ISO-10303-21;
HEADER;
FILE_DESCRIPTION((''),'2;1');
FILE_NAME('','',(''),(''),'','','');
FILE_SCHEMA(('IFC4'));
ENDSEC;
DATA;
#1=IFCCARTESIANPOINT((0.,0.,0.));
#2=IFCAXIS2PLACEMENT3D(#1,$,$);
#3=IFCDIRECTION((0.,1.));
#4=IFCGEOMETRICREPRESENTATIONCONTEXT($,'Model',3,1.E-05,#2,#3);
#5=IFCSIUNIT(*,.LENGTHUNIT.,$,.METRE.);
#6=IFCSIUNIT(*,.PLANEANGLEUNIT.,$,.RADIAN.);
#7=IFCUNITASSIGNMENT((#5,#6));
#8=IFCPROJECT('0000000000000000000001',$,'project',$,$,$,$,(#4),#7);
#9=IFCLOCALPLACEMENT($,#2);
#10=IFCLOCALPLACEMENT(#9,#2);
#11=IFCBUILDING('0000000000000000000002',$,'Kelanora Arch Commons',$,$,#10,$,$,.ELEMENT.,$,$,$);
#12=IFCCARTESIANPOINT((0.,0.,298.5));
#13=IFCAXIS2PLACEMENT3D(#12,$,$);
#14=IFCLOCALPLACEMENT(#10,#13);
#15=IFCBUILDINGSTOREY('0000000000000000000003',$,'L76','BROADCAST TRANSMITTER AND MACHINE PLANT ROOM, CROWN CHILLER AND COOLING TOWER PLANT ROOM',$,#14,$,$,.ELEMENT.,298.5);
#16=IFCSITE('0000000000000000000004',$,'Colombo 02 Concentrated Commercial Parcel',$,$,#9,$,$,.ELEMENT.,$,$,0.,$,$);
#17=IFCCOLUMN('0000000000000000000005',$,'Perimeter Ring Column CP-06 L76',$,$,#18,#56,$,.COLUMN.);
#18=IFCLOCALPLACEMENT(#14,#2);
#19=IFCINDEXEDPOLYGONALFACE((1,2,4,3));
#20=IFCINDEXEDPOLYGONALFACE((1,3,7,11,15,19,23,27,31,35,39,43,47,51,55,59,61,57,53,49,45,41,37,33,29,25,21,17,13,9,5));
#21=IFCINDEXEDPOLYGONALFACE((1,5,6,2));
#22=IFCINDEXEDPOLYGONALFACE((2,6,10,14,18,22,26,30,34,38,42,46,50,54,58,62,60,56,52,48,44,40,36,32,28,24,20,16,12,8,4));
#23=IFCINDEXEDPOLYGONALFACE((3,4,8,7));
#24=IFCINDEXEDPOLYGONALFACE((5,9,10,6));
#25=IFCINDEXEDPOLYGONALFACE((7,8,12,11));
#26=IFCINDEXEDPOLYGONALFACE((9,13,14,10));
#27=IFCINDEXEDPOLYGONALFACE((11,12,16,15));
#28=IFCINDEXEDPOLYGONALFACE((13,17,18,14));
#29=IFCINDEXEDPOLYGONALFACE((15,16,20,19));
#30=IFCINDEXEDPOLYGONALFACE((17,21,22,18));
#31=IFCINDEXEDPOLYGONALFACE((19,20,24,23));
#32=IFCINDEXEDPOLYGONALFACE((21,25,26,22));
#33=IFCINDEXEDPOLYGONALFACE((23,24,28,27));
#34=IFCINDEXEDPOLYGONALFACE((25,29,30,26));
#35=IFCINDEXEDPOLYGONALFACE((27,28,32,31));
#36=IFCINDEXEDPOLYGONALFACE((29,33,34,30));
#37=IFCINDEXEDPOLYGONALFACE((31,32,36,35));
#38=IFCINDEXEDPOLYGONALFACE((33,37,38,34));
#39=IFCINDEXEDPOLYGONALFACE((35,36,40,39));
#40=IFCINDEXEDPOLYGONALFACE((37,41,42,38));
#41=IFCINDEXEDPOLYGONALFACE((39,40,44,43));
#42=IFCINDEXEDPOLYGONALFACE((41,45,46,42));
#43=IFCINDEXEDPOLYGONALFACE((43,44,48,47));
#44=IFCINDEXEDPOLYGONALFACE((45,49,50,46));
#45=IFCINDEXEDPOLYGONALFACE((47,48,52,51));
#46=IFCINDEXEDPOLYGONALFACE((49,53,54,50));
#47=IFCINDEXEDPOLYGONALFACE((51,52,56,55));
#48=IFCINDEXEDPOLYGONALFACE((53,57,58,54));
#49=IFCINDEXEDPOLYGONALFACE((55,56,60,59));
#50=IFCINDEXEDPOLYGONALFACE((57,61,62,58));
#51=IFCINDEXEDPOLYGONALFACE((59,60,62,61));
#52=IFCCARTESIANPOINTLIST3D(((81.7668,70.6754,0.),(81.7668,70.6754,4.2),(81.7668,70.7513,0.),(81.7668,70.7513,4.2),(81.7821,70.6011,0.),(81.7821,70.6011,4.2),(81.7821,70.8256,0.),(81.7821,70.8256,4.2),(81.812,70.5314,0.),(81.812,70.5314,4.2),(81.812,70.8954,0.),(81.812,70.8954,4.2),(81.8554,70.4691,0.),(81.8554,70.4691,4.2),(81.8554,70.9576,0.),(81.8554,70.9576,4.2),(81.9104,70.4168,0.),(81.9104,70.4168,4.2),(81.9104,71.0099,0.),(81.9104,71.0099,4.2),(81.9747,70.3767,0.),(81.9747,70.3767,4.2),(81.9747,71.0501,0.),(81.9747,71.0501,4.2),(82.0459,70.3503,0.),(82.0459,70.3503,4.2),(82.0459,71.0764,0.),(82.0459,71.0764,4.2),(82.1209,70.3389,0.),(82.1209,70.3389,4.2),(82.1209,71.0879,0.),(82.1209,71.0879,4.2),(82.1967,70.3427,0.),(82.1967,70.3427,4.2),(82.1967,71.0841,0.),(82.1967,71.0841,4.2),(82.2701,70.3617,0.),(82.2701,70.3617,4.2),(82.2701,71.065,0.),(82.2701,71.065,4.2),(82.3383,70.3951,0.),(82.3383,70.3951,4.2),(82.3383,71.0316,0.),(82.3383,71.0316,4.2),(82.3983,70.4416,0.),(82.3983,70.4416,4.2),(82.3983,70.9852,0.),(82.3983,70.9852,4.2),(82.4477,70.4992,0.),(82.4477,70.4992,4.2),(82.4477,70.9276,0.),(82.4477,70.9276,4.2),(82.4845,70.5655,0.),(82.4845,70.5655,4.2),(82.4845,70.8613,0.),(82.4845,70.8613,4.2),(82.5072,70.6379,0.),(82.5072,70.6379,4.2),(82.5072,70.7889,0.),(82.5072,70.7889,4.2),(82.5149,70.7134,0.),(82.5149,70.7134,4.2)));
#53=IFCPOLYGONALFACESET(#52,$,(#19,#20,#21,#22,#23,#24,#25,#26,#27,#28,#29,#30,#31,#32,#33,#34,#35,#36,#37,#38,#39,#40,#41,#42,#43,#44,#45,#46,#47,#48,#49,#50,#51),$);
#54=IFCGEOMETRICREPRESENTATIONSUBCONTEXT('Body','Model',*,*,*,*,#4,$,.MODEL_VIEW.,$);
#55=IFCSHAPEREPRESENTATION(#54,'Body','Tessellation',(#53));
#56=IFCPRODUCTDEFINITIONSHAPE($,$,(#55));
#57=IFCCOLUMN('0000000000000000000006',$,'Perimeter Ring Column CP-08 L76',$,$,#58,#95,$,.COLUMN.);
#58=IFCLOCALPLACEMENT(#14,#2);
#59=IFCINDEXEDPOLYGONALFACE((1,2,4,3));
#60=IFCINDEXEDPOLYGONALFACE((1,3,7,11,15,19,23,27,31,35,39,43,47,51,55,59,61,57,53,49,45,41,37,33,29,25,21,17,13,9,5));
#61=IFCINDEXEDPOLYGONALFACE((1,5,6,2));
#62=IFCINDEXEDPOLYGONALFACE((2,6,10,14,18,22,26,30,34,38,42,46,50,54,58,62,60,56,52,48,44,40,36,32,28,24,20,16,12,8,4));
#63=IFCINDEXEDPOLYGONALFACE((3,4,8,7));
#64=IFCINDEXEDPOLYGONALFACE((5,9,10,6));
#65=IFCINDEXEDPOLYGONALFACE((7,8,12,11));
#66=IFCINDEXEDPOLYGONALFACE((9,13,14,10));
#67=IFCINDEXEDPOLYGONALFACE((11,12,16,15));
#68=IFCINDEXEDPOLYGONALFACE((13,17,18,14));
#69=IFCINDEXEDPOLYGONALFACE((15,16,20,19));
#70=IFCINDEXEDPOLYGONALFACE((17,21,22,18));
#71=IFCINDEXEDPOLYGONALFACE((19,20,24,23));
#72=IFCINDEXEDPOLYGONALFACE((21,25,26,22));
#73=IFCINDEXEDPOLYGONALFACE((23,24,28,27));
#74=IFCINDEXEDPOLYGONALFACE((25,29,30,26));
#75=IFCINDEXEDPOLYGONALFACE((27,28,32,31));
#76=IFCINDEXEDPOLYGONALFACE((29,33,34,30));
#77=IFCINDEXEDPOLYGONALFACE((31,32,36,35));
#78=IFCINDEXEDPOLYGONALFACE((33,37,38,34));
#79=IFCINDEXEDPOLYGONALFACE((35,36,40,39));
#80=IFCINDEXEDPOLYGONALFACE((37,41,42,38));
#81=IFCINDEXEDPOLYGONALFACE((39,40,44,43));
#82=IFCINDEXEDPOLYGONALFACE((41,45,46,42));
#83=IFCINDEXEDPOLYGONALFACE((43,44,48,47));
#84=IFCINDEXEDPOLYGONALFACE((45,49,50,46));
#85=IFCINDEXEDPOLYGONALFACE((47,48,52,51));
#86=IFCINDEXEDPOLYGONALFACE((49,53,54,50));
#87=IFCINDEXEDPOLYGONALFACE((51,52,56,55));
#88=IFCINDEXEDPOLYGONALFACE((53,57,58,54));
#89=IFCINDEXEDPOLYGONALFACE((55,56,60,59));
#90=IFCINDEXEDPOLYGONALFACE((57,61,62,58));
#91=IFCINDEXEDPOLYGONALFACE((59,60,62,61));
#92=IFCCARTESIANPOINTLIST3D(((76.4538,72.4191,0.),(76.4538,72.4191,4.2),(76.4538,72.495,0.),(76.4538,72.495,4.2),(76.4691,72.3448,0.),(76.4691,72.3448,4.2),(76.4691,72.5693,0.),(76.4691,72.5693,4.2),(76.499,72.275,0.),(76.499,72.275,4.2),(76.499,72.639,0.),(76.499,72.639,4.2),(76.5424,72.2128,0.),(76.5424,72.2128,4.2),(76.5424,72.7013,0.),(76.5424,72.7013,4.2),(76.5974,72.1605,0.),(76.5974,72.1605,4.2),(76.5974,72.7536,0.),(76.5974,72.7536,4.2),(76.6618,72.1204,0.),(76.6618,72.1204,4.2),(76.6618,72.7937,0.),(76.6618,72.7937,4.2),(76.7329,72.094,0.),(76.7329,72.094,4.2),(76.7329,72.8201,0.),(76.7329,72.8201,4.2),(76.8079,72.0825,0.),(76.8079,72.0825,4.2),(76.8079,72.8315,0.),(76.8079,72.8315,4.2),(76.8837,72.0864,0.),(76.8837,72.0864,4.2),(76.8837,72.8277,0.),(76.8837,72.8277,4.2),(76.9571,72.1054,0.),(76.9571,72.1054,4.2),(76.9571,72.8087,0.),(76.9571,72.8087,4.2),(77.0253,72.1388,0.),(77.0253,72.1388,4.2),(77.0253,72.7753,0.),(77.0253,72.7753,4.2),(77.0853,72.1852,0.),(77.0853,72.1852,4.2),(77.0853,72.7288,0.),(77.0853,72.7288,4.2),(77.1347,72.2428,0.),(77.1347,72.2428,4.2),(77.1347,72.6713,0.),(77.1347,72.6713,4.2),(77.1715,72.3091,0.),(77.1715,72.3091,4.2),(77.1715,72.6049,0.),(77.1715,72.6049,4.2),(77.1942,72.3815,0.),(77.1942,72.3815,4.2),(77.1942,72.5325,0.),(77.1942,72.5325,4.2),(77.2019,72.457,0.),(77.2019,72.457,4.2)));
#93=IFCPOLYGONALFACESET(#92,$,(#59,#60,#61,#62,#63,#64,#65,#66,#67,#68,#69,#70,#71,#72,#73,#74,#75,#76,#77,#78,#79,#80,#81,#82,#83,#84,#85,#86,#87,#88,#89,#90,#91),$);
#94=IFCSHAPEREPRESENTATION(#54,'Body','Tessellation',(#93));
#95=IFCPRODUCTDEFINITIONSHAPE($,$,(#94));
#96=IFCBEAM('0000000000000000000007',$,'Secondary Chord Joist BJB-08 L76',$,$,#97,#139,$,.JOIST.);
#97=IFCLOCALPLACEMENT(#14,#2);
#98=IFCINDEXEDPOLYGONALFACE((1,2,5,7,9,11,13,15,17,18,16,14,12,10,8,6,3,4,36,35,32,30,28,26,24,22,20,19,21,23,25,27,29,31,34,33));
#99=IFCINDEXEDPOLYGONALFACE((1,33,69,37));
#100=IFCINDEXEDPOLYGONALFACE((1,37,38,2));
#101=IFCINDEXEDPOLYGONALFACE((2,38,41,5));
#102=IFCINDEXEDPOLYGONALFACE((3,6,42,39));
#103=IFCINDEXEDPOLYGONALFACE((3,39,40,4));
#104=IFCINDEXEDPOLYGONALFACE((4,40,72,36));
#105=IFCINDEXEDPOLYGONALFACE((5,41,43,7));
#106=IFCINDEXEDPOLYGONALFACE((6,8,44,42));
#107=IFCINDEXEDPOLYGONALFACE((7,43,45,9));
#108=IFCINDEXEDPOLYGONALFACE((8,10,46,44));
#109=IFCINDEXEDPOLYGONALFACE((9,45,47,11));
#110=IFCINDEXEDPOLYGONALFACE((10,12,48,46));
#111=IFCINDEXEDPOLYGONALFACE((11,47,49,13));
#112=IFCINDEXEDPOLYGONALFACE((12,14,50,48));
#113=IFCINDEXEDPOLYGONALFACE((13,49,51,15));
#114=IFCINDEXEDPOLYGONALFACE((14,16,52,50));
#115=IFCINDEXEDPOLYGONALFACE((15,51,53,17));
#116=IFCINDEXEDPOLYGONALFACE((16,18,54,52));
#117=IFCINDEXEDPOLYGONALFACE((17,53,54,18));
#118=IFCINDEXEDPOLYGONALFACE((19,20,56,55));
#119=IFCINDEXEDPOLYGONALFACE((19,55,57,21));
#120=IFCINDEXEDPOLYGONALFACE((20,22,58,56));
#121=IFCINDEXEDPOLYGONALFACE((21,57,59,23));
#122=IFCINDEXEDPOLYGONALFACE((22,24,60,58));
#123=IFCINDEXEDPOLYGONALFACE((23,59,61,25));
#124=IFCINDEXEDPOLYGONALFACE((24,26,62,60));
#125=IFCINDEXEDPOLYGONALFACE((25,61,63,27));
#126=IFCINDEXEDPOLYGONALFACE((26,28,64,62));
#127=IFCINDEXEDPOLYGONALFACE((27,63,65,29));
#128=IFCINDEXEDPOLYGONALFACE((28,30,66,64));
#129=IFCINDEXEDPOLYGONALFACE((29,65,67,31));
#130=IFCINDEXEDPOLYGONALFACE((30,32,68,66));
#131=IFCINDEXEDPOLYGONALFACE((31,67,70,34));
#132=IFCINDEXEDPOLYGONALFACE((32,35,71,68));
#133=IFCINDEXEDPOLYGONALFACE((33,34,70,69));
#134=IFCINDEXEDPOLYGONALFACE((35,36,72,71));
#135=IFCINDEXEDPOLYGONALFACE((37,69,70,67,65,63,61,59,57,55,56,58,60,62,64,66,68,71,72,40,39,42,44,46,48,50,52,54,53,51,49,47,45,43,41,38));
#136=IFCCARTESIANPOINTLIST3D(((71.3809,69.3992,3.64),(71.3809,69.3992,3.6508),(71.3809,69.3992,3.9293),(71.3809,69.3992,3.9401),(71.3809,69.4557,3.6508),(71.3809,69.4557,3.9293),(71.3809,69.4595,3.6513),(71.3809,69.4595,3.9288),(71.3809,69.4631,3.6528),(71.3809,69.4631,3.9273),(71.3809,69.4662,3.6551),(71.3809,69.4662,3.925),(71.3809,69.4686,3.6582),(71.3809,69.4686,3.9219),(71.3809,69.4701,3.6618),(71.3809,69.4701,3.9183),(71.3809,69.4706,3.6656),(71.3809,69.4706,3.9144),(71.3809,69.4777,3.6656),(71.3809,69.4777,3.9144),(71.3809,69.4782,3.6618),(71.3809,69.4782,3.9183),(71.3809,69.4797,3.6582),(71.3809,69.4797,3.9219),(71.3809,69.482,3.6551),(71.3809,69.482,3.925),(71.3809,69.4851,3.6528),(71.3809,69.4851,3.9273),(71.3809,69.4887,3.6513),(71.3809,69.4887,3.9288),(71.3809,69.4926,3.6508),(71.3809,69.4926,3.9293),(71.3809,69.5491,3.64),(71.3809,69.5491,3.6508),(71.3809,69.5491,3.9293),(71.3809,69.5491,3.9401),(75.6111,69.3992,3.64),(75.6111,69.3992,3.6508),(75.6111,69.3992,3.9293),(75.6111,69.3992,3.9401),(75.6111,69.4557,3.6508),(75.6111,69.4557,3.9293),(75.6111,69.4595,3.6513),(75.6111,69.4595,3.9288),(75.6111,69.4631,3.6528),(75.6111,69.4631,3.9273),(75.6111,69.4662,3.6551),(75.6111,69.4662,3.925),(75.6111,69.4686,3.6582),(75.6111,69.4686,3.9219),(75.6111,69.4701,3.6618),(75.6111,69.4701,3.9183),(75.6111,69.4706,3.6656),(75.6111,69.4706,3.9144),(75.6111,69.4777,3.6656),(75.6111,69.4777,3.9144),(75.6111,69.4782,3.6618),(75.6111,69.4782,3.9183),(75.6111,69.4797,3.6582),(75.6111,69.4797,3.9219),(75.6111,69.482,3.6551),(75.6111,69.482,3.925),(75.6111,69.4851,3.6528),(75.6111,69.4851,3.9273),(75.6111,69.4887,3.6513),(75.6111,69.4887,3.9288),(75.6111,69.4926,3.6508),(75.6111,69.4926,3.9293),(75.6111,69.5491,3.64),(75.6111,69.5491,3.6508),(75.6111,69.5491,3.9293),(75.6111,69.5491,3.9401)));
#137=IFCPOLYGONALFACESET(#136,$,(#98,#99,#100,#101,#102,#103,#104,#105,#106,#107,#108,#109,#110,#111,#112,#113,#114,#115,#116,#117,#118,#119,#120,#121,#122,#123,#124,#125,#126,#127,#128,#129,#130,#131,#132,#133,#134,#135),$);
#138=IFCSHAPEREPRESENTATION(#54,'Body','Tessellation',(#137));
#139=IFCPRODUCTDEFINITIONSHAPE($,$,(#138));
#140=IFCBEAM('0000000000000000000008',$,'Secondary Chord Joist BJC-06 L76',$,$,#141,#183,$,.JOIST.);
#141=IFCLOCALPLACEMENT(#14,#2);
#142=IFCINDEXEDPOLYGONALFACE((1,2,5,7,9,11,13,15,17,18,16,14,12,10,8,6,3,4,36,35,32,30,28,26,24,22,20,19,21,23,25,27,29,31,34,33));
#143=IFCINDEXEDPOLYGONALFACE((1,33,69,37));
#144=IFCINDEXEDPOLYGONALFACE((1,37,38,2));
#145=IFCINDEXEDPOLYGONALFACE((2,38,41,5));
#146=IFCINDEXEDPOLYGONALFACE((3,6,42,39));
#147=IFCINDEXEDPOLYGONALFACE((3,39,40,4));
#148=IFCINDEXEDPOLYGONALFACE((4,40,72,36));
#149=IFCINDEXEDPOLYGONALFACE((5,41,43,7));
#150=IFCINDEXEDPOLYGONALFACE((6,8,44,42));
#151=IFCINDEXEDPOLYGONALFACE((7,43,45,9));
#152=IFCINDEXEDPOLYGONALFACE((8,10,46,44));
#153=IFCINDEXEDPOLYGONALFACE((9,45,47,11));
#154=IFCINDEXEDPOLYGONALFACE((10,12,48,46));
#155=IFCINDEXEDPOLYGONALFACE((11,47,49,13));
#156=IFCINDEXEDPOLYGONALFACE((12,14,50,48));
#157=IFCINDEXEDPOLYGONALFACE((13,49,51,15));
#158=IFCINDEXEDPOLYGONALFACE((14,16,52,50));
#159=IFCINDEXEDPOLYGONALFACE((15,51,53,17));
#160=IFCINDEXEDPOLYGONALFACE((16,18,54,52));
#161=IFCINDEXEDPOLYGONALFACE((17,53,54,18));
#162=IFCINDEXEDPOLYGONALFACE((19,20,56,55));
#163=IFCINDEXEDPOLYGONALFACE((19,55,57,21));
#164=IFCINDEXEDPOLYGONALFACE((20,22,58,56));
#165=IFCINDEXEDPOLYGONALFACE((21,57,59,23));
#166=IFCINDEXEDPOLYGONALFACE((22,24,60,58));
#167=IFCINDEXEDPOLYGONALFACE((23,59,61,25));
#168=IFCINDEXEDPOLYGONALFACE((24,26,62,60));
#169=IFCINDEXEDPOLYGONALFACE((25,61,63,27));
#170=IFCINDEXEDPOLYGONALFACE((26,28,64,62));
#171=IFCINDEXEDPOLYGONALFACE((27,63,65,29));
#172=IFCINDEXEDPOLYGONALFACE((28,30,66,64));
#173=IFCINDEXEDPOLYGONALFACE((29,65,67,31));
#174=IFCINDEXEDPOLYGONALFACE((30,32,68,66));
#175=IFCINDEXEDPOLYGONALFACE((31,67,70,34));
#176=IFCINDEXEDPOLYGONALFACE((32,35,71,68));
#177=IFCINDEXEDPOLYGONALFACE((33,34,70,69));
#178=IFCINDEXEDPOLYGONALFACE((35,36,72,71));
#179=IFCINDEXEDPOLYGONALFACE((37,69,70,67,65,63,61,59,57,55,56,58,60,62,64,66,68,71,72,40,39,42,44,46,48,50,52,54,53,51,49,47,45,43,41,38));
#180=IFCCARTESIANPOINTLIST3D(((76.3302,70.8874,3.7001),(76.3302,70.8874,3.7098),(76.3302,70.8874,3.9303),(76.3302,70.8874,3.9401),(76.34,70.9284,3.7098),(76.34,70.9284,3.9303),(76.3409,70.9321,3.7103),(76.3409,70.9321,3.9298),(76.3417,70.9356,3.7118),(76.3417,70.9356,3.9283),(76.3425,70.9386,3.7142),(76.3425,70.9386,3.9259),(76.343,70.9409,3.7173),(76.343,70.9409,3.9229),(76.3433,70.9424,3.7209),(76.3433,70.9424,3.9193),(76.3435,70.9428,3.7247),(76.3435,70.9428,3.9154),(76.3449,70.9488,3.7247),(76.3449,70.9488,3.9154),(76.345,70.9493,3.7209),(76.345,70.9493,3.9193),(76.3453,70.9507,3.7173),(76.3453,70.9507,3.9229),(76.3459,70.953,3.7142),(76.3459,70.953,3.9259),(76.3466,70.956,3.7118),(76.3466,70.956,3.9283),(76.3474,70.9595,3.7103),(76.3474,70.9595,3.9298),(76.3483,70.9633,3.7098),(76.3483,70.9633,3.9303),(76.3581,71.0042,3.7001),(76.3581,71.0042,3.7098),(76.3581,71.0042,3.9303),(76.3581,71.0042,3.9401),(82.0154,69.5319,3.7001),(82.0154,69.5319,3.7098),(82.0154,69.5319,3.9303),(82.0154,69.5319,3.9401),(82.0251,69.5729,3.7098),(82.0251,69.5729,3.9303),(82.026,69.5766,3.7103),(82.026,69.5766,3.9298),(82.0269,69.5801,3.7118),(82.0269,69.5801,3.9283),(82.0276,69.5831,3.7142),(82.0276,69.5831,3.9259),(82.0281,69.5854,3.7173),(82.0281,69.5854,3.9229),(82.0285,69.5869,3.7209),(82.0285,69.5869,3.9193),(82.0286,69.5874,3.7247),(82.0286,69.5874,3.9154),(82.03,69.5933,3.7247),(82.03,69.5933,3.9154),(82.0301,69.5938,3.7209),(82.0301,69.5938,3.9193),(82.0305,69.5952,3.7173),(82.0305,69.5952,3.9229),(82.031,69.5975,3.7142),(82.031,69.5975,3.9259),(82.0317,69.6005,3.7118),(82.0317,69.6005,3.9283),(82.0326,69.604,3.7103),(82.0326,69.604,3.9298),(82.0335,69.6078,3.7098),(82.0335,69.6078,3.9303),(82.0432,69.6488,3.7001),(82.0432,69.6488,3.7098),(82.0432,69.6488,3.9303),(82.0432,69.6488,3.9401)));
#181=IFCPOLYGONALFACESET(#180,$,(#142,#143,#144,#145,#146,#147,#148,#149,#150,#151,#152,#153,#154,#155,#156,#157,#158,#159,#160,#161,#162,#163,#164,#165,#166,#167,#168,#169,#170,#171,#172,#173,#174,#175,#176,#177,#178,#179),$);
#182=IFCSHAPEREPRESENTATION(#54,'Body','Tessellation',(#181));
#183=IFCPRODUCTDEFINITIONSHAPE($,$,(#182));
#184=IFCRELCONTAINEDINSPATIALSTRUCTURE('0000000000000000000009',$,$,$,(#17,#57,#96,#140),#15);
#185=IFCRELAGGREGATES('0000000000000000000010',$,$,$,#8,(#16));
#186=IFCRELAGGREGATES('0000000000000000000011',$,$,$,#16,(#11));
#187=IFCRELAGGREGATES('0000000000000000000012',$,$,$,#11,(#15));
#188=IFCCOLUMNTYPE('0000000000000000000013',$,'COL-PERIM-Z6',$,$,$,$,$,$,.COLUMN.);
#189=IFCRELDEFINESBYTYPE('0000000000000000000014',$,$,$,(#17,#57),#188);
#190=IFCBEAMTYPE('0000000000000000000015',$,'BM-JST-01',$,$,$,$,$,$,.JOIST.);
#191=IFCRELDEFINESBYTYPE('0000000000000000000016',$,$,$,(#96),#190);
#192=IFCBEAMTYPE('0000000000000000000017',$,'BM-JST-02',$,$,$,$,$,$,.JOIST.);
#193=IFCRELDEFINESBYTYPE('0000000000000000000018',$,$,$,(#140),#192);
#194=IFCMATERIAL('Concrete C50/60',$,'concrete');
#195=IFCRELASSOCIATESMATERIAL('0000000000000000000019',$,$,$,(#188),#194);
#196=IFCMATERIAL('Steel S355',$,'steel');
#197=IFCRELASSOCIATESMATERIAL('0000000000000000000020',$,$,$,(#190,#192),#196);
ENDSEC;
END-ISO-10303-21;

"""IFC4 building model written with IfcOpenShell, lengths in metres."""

from ifc_helpers import new_model, si_unit, direction, frame, origin, origin_2d, place, context, subcontext, project, spatial, circle, i_section, extrude, material, material_profile, profile_set, type_object, element, save


model = new_model("IFC4")

# Units and contexts
model_context = context("Model", 3, precision=1e-05, world=origin(), true_north=direction((0.0, 1.0)))
body_context = subcontext(model_context, "Body", "Model", "MODEL_VIEW")
ifc_project = project(units=[si_unit("LENGTHUNIT", "METRE"), si_unit("PLANEANGLEUNIT", "RADIAN")], contexts=[model_context])

# Site, building, storey
site_placement = place(None, origin())
site = spatial("IfcSite", under=ifc_project, at=site_placement, Name="Colombo 02 Concentrated Commercial Parcel", CompositionType="ELEMENT", RefElevation=0.0)
building_placement = place(site_placement, origin())
building = spatial("IfcBuilding", under=site, at=building_placement, Name="Kelanora Arch Commons", CompositionType="ELEMENT")
storey_placement = place(building_placement, frame((0.0, 0.0, 298.5)))
storey = spatial("IfcBuildingStorey", under=building, at=storey_placement, Name="L76", Description="BROADCAST TRANSMITTER AND MACHINE PLANT ROOM, CROWN CHILLER AND COOLING TOWER PLANT ROOM", CompositionType="ELEMENT", Elevation=298.5)

# Columns
ifc_material_1 = material(Name="Concrete C50/60", Category="concrete")
ifc_material_profile_1 = material_profile(ifc_material_1, circle(Radius=0.375, at=origin_2d()), Name="RCC750")
ifc_profile_set_1 = profile_set([ifc_material_profile_1], Name="Concrete C50/60")
column_type = type_object("IfcColumnType", Name="COL-PERIM-Z6", PredefinedType="COLUMN", material=ifc_profile_set_1)
for number, where, z_axis, x_axis, name in (
    (1, (82.1399, 70.7134, 0.0), (0.0, 0.0, 1.0), (1.0, 0.0, 0.0), "Perimeter Ring Column CP-06 L76"),
    (2, (76.8269, 72.457, 0.0), (0.0, 0.0, 1.0), (1.0, 0.0, 0.0), "Perimeter Ring Column CP-08 L76"),
):
    element("IfcColumn", number, at=place(storey_placement, frame(where, z_axis=z_axis, x_axis=x_axis)), inside=storey, type_object=column_type, Name=name, PredefinedType="COLUMN", context=body_context, shape_type="SweptSolid", body=[
        extrude(circle(Radius=0.375, at=origin_2d()), origin(), (0.0, 0.0, 1.0), 4.2),
    ])

# Beams
ifc_material_2 = material(Name="Steel S355", Category="steel")
ifc_material_profile_2 = material_profile(ifc_material_2, i_section(OverallWidth=0.1499, OverallDepth=0.3, WebThickness=0.0071, FlangeThickness=0.0107, FilletRadius=0.0149, at=origin_2d()), Name="IPE300")
ifc_profile_set_2 = profile_set([ifc_material_profile_2], Name="Steel S355")
beam_type_1 = type_object("IfcBeamType", Name="BM-JST-01", PredefinedType="JOIST", material=ifc_profile_set_2)
beam_1_placement = place(storey_placement, frame((75.6111, 69.4741, 3.79), z_axis=(-1.0, 0.0, 0.0), x_axis=(0.0, -1.0, 0.0)))
element("IfcBeam", 3, at=beam_1_placement, inside=storey, type_object=beam_type_1, Name="Secondary Chord Joist BJB-08 L76", PredefinedType="JOIST", context=body_context, shape_type="SweptSolid", body=[
    extrude(i_section(OverallWidth=0.1499, OverallDepth=0.3, WebThickness=0.0071, FlangeThickness=0.0107, FilletRadius=0.0149, at=origin_2d()), origin(), (0.0, 0.0, 1.0), 4.2302),
])
ifc_material_profile_3 = material_profile(ifc_material_2, i_section(OverallWidth=0.1201, OverallDepth=0.24, WebThickness=0.0061, FlangeThickness=0.0098, FilletRadius=0.0149, at=origin_2d()), Name="IPE240")
ifc_profile_set_3 = profile_set([ifc_material_profile_3], Name="Steel S355")
beam_type_2 = type_object("IfcBeamType", Name="BM-JST-02", PredefinedType="JOIST", material=ifc_profile_set_3)
beam_2_placement = place(storey_placement, frame((82.0293, 69.5903, 3.8201), z_axis=(-0.972734, 0.231925, 0.0), x_axis=(-0.231925, -0.972734, 0.0)))
element("IfcBeam", 4, at=beam_2_placement, inside=storey, type_object=beam_type_2, Name="Secondary Chord Joist BJC-06 L76", PredefinedType="JOIST", context=body_context, shape_type="SweptSolid", body=[
    extrude(i_section(OverallWidth=0.1201, OverallDepth=0.24, WebThickness=0.0061, FlangeThickness=0.0098, FilletRadius=0.0149, at=origin_2d()), origin(), (0.0, 0.0, 1.0), 5.8445),
])

save(model, "model.ifc")
